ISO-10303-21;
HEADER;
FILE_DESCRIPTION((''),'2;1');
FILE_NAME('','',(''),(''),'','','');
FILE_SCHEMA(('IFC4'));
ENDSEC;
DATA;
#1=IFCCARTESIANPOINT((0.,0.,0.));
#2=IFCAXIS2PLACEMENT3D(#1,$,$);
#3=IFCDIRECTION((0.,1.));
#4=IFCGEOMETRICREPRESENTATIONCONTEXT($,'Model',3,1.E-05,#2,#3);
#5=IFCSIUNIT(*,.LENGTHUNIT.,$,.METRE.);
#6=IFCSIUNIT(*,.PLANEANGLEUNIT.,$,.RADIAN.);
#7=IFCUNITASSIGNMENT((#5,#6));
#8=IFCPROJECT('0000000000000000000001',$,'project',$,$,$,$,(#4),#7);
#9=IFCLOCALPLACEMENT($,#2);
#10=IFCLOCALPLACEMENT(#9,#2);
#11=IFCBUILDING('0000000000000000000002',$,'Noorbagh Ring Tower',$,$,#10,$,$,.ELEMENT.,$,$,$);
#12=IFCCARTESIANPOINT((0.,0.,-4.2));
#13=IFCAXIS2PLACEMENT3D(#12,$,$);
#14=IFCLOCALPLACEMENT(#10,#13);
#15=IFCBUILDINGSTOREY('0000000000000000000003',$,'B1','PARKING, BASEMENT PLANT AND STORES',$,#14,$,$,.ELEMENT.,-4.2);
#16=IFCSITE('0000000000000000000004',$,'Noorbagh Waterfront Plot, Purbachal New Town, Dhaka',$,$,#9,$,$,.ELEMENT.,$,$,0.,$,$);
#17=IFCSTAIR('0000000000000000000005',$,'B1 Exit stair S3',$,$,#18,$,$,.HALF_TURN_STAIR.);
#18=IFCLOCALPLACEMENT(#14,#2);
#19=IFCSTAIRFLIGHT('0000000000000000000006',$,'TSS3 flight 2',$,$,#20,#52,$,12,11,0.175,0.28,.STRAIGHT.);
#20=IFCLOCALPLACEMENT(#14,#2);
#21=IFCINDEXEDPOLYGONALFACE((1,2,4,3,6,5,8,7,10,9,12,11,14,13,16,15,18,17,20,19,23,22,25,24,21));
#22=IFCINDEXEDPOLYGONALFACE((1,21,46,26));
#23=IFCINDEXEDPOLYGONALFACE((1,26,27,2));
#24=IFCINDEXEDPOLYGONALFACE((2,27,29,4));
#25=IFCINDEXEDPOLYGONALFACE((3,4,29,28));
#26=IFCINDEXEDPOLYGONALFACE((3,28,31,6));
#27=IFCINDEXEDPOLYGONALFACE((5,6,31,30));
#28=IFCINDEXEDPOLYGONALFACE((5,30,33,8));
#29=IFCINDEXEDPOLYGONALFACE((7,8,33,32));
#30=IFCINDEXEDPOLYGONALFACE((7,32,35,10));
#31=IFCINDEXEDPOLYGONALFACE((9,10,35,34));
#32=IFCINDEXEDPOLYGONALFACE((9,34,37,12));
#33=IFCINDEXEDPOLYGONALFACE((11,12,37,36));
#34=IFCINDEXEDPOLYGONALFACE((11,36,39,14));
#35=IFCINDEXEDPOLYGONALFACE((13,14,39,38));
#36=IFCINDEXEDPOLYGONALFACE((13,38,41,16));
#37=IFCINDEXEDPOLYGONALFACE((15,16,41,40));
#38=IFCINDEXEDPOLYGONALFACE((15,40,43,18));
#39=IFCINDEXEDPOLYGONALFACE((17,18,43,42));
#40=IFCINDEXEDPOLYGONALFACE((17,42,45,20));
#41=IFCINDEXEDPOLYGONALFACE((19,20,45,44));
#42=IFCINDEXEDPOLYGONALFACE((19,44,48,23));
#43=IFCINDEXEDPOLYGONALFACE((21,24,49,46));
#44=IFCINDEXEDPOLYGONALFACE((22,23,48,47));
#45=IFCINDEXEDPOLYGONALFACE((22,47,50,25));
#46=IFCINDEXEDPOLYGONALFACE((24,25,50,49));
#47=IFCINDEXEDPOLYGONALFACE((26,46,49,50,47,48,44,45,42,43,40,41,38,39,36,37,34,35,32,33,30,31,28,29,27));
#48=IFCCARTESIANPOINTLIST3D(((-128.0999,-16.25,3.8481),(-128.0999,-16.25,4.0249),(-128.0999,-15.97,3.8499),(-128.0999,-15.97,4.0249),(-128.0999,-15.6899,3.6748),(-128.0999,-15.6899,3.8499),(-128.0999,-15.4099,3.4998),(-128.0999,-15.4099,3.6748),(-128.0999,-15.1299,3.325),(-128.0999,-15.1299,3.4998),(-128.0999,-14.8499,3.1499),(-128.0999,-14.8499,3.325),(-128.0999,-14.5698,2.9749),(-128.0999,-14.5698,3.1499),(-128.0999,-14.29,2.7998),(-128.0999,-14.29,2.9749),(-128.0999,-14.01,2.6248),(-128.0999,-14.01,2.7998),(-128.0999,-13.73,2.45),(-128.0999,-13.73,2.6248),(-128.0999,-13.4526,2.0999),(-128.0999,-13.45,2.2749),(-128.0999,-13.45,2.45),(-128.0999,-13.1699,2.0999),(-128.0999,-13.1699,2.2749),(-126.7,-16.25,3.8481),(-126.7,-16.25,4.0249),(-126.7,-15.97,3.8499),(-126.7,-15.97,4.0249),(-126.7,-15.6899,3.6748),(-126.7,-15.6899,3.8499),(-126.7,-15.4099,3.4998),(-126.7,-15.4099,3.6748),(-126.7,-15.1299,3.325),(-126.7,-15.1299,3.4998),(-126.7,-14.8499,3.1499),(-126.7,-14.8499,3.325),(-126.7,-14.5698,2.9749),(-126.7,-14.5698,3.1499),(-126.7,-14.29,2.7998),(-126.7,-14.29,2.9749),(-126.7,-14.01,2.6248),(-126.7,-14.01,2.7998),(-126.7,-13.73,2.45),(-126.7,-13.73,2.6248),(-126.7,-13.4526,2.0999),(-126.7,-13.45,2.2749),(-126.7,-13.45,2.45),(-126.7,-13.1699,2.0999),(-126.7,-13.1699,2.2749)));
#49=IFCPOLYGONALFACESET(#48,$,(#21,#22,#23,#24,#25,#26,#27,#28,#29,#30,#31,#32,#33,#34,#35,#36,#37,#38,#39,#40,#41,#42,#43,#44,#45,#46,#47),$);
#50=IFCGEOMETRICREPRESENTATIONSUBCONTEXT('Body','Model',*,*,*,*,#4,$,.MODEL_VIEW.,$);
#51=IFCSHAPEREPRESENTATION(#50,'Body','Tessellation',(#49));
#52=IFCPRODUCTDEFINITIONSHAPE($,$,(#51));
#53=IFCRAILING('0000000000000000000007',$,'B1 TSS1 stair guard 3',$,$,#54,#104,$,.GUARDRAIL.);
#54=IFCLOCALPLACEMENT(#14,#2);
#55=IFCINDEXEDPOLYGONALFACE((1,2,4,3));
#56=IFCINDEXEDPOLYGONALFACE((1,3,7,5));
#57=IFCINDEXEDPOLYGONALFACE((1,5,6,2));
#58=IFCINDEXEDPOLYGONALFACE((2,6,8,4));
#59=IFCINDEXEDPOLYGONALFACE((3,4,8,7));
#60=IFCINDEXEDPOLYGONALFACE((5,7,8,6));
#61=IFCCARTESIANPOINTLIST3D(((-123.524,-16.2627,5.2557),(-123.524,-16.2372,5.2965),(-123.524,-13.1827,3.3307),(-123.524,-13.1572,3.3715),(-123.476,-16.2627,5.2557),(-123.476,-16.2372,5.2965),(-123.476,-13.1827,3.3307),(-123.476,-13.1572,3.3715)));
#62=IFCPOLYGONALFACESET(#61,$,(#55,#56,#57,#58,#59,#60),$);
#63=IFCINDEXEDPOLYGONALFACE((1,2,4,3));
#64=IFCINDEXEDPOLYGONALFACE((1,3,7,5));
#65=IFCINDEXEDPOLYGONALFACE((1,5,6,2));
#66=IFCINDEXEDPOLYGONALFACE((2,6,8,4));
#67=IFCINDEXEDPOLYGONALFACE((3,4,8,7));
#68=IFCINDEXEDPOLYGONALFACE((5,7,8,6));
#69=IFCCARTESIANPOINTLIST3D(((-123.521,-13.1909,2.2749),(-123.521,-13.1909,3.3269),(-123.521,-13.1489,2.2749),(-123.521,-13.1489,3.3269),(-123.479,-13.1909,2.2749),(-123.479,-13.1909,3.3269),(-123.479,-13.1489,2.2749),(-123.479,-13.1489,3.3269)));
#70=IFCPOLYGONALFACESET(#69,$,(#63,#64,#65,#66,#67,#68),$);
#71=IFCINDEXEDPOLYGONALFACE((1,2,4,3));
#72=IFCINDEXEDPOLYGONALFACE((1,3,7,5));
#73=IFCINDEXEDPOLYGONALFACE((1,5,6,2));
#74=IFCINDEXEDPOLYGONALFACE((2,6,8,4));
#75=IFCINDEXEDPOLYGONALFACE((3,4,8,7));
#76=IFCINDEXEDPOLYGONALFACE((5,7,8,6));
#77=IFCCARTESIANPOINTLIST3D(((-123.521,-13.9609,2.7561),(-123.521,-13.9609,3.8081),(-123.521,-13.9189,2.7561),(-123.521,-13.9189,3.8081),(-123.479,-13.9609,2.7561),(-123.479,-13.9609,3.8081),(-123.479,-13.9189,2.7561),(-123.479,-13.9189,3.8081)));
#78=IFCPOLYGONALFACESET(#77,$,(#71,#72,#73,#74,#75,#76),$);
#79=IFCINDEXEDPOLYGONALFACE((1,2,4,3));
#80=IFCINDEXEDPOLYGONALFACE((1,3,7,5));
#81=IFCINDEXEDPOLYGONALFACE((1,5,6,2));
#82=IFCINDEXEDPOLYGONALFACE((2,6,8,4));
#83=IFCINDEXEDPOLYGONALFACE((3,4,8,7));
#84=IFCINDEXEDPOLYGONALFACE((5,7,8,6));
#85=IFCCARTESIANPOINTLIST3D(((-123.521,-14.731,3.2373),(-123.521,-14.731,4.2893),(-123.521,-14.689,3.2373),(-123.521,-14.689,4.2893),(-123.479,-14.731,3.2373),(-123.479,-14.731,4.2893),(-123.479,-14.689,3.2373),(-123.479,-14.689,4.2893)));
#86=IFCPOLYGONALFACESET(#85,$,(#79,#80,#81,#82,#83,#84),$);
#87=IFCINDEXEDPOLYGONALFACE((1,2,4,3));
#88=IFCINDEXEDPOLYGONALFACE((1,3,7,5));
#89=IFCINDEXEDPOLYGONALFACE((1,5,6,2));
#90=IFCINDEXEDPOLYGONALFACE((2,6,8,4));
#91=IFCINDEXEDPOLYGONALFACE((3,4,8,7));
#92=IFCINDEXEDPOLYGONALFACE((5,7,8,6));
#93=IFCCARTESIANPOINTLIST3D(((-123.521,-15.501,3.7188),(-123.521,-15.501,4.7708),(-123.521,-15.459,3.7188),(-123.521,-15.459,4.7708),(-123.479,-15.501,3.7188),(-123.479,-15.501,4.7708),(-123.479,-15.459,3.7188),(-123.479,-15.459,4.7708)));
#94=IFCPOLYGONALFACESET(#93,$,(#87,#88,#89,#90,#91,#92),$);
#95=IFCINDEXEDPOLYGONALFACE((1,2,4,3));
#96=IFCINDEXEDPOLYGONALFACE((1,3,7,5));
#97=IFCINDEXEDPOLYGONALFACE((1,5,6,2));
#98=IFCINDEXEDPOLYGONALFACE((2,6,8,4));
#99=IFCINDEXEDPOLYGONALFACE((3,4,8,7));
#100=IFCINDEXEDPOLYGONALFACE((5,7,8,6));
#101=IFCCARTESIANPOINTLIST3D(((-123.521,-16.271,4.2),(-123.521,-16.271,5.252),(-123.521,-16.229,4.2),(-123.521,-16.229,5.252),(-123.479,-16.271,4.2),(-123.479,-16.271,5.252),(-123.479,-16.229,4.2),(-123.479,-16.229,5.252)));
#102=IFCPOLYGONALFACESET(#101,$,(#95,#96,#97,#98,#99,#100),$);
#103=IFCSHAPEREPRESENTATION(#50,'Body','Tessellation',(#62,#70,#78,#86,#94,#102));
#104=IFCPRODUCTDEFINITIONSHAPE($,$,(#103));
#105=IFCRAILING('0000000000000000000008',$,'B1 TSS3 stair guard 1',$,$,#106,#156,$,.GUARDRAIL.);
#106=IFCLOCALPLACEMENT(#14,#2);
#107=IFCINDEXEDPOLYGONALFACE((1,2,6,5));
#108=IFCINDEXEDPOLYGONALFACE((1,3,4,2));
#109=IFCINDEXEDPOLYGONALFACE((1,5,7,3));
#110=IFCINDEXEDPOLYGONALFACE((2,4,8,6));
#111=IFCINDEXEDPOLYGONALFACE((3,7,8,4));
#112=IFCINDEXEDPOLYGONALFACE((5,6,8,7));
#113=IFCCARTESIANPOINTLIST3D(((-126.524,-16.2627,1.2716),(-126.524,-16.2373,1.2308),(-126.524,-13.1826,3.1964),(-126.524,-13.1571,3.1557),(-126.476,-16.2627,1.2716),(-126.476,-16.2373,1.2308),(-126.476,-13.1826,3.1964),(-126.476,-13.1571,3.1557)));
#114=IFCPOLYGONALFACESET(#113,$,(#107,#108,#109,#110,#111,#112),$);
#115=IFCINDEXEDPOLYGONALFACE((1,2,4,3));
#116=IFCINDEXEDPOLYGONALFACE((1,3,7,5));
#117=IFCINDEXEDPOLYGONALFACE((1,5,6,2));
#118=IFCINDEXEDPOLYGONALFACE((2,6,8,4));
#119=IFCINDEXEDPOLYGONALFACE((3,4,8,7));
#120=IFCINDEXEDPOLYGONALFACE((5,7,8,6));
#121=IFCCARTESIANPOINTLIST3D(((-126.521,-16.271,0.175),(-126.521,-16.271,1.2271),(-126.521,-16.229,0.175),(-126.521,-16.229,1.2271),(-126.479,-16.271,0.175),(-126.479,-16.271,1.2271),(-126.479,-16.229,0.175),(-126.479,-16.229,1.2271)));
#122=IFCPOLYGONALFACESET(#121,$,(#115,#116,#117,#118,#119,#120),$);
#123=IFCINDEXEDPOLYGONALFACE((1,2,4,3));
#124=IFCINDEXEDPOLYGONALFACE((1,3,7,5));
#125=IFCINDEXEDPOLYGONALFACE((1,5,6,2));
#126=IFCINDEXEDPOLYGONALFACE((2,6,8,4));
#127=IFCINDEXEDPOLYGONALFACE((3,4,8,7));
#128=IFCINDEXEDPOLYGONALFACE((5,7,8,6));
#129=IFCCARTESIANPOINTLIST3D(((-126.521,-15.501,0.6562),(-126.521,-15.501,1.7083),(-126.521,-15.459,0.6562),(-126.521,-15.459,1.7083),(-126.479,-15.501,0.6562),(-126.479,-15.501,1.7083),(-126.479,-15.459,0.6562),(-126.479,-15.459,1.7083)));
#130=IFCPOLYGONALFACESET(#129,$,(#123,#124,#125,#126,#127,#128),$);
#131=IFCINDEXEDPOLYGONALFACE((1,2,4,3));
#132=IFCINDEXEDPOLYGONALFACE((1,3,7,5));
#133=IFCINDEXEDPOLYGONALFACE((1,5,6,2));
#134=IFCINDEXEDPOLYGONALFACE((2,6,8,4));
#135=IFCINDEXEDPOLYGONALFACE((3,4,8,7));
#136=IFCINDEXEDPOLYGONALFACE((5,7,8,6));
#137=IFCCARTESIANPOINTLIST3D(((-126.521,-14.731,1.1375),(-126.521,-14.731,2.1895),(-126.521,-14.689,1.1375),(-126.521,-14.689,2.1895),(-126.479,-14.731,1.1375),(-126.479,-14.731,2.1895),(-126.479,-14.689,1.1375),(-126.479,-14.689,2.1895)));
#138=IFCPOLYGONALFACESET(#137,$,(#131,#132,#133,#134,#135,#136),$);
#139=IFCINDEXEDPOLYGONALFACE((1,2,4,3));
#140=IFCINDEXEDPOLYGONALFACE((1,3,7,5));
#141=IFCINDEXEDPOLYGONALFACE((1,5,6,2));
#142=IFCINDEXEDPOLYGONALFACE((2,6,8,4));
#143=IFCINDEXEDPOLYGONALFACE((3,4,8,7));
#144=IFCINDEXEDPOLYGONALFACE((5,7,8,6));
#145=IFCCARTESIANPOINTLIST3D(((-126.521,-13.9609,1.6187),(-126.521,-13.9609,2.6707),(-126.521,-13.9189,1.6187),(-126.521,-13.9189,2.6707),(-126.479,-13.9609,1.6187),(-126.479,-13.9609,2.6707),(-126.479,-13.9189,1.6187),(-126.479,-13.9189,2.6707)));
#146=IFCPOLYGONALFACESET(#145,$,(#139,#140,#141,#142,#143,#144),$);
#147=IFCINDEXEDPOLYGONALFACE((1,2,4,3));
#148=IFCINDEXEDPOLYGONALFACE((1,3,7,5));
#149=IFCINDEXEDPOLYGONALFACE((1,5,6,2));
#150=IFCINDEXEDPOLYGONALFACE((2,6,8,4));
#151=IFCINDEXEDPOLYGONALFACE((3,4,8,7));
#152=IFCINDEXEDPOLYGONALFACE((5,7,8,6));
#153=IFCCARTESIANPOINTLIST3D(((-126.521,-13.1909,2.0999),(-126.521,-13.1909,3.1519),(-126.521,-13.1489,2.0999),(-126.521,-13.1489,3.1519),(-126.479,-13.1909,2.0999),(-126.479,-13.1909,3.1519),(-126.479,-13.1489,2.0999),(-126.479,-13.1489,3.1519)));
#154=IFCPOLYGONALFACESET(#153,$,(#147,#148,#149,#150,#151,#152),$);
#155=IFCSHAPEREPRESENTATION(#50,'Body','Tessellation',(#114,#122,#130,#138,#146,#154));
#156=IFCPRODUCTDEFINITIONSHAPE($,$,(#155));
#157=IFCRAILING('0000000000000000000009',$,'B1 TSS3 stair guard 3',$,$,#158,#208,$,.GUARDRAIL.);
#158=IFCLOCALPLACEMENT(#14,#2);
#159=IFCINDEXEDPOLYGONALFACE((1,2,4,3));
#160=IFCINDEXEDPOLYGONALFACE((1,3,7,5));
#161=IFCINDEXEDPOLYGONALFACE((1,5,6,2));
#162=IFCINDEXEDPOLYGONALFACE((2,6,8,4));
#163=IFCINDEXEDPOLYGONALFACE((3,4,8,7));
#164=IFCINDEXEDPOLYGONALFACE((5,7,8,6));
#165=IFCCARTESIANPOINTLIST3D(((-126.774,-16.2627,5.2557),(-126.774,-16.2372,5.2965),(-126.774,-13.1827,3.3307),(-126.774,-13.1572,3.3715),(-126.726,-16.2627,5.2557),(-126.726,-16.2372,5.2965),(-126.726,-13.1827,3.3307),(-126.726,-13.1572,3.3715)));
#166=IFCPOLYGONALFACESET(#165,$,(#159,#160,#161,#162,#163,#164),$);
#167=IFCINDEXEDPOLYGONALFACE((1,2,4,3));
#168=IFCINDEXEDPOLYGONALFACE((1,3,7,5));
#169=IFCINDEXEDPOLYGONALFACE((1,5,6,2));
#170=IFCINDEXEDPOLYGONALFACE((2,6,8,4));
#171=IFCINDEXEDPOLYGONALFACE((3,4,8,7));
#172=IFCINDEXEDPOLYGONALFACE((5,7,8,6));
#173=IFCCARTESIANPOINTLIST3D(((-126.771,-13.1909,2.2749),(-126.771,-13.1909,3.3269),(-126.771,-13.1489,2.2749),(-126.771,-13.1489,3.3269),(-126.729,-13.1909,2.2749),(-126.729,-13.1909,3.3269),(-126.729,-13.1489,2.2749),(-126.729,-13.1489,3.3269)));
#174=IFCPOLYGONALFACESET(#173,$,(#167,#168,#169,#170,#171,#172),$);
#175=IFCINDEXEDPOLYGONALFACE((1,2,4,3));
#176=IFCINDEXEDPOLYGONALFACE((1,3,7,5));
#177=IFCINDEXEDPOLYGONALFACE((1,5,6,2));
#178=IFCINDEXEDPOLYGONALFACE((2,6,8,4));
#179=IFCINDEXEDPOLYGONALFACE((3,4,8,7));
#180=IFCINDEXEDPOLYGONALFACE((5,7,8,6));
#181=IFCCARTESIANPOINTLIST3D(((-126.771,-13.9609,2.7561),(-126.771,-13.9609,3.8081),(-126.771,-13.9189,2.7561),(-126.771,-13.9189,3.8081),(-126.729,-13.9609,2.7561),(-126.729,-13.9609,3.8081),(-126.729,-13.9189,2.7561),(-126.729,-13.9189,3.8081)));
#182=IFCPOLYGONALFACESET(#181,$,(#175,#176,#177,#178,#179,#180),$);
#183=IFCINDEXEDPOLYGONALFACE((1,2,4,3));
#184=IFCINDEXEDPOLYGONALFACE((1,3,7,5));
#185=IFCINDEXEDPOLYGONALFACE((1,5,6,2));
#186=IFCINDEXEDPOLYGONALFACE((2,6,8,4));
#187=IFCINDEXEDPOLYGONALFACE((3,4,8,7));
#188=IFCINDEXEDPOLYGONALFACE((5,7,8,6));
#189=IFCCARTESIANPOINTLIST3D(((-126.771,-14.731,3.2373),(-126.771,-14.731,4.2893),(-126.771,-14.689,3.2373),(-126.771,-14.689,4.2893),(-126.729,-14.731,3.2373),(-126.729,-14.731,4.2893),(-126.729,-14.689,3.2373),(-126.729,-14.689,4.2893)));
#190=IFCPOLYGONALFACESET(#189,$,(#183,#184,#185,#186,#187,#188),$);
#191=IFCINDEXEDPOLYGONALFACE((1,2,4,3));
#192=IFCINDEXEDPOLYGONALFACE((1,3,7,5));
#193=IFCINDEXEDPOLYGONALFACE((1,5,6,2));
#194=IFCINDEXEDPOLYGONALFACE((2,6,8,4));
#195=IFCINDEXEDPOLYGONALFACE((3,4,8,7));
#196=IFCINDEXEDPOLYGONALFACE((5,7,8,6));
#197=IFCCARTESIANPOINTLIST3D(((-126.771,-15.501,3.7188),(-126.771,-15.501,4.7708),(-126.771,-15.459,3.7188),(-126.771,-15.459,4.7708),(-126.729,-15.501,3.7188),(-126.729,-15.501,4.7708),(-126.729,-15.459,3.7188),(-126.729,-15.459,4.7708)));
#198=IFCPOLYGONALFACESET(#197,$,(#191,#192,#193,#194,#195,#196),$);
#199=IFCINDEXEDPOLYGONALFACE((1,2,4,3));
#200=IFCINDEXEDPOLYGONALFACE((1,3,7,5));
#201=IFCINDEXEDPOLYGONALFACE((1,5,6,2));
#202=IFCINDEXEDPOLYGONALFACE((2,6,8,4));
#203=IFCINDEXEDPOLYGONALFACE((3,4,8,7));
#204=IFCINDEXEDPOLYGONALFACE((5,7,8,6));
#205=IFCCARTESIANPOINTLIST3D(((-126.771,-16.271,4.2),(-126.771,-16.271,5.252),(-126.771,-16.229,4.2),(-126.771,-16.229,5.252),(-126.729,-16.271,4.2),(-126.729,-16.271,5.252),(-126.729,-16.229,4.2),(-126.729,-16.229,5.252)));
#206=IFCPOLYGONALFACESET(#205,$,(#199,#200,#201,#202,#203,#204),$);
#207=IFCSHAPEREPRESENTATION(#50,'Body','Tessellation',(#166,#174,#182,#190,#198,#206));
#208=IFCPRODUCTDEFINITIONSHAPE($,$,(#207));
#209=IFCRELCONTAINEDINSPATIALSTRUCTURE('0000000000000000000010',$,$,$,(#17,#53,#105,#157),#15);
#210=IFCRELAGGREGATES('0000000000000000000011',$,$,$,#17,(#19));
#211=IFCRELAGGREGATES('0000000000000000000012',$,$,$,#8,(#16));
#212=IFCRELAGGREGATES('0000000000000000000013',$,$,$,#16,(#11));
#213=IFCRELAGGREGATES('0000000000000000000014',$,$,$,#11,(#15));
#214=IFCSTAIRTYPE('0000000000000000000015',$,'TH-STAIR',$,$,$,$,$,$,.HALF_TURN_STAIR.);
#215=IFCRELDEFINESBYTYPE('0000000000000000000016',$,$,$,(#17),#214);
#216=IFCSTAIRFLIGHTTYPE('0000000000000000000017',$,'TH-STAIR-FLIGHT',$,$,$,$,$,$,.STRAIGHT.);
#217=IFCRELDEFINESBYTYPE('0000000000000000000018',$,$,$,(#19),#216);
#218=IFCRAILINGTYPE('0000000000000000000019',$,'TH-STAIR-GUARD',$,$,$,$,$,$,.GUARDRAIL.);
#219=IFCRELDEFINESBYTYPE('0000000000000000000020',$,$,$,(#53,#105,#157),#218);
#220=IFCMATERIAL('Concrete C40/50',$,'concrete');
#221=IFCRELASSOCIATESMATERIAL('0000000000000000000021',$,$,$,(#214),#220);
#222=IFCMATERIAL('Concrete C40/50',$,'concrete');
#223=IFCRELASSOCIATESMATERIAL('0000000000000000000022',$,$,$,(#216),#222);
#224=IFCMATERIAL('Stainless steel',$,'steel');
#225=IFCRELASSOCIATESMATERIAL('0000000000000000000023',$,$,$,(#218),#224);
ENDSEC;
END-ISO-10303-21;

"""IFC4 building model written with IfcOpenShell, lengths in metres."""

from ifc_helpers import new_model, si_unit, direction, frame, origin, origin_2d, place, context, subcontext, project, spatial, polyline, rectangle, outline, extrude, material, type_object, element, aggregate, save


model = new_model("IFC4")

# Units and contexts
model_context = context("Model", 3, precision=1e-05, world=origin(), true_north=direction((0.0, 1.0)))
body_context = subcontext(model_context, "Body", "Model", "MODEL_VIEW")
ifc_project = project(units=[si_unit("LENGTHUNIT", "METRE"), si_unit("PLANEANGLEUNIT", "RADIAN")], contexts=[model_context])

# Site, building, storey
site_placement = place(None, origin())
site = spatial("IfcSite", under=ifc_project, at=site_placement, Name="Noorbagh Waterfront Plot, Purbachal New Town, Dhaka", CompositionType="ELEMENT", RefElevation=0.0)
building_placement = place(site_placement, origin())
building = spatial("IfcBuilding", under=site, at=building_placement, Name="Noorbagh Ring Tower", CompositionType="ELEMENT")
storey_placement = place(building_placement, frame((0.0, 0.0, -4.2)))
storey = spatial("IfcBuildingStorey", under=building, at=storey_placement, Name="B1", Description="PARKING, BASEMENT PLANT AND STORES", CompositionType="ELEMENT", Elevation=-4.2)

# Shared definitions
ifc_material_1 = material(Name="Concrete C40/50", Category="concrete")
stair_type = type_object("IfcStairType", Name="TH-STAIR", PredefinedType="HALF_TURN_STAIR", material=ifc_material_1)
ifc_material_2 = material(Name="Concrete C40/50", Category="concrete")
stair_flight_type = type_object("IfcStairFlightType", Name="TH-STAIR-FLIGHT", PredefinedType="STRAIGHT", material=ifc_material_2)

# Stair, stair flight
stair_1_placement = place(storey_placement, origin())
stair_1 = element("IfcStair", 1, at=stair_1_placement, inside=storey, type_object=stair_type, Name="B1 Exit stair S3", PredefinedType="HALF_TURN_STAIR")
stair_flight_1_placement = place(storey_placement, frame((-127.3999, -13.1699, 2.0999), z_axis=(0.0, 0.0, 1.0), x_axis=(0.0, -1.0, 0.0)))
stair_flight_1 = element("IfcStairFlight", 2, at=stair_flight_1_placement, type_object=stair_flight_type, Name="TSS3 flight 2", NumberOfRisers=12, NumberOfTreads=11, PredefinedType="STRAIGHT", RiserHeight=0.175, TreadLength=0.28, context=body_context, shape_type="SweptSolid", body=[
    extrude(outline(polyline([(0.0, 0.0), (0.0, 0.175), (0.28, 0.175), (0.28, 0.3501), (0.5601, 0.3501), (0.5601, 0.5249), (0.8401, 0.5249), (0.8401, 0.7), (1.1201, 0.7), (1.1201, 0.875), (1.3999, 0.875), (1.3999, 1.05), (1.6799, 1.05), (1.6799, 1.2251), (1.96, 1.2251), (1.96, 1.3999), (2.24, 1.3999), (2.24, 1.575), (2.52, 1.575), (2.52, 1.75), (2.8, 1.75), (2.8, 1.925), (3.0801, 1.925), (3.0801, 2.1001), (3.0801, 1.7483), (0.2827, 0.0), (0.0, 0.0)])), frame((0.0, 0.7, 0.0), z_axis=(0.0, -1.0, 0.0), x_axis=(1.0, 0.0, 0.0)), (0.0, 0.0, 1.0), 1.3999),
])
aggregate(stair_1, [stair_flight_1])

# Railings
ifc_material_3 = material(Name="Stainless steel", Category="steel")
railing_type_1 = type_object("IfcRailingType", Name="TH-STAIR-GUARD", PredefinedType="GUARDRAIL", material=ifc_material_3)
railing_1_placement = place(storey_placement, frame((-123.5, -13.1699, 2.2749)))
element("IfcRailing", 3, at=railing_1_placement, inside=storey, type_object=railing_type_1, Name="B1 TSS1 stair guard 3", PredefinedType="GUARDRAIL", context=body_context, shape_type="SweptSolid", body=[
    extrude(rectangle(XDim=0.0481, YDim=0.0481, at=origin_2d()), frame((0.0, 0.0, 1.0762), z_axis=(0.0, -0.847998, 0.529999), x_axis=(1.0, 0.0, 0.0)), (0.0, 0.0, 1.0), 3.6321),
    extrude(rectangle(XDim=0.042, YDim=0.042, at=origin_2d()), origin(), (0.0, 0.0, 1.0), 1.052),
    extrude(rectangle(XDim=0.042, YDim=0.042, at=origin_2d()), frame((0.0, -0.77, 0.4812)), (0.0, 0.0, 1.0), 1.052),
    extrude(rectangle(XDim=0.042, YDim=0.042, at=origin_2d()), frame((0.0, -1.54, 0.9624)), (0.0, 0.0, 1.0), 1.052),
    extrude(rectangle(XDim=0.042, YDim=0.042, at=origin_2d()), frame((0.0, -2.3101, 1.4438)), (0.0, 0.0, 1.0), 1.052),
    extrude(rectangle(XDim=0.042, YDim=0.042, at=origin_2d()), frame((0.0, -3.0801, 1.925)), (0.0, 0.0, 1.0), 1.052),
])
railing_2_placement = place(storey_placement, frame((-126.5, -16.25, 0.175)))
element("IfcRailing", 4, at=railing_2_placement, inside=storey, type_object=railing_type_1, Name="B1 TSS3 stair guard 1", PredefinedType="GUARDRAIL", context=body_context, shape_type="SweptSolid", body=[
    extrude(rectangle(XDim=0.0481, YDim=0.0481, at=origin_2d()), frame((0.0, 0.0, 1.0762), z_axis=(0.0, 0.848029, 0.529951), x_axis=(-1.0, 0.0, 0.0)), (0.0, 0.0, 1.0), 3.6321),
    extrude(rectangle(XDim=0.042, YDim=0.042, at=origin_2d()), origin(), (0.0, 0.0, 1.0), 1.052),
    extrude(rectangle(XDim=0.042, YDim=0.042, at=origin_2d()), frame((0.0, 0.77, 0.4812)), (0.0, 0.0, 1.0), 1.052),
    extrude(rectangle(XDim=0.042, YDim=0.042, at=origin_2d()), frame((0.0, 1.54, 0.9624)), (0.0, 0.0, 1.0), 1.052),
    extrude(rectangle(XDim=0.042, YDim=0.042, at=origin_2d()), frame((0.0, 2.3101, 1.4436)), (0.0, 0.0, 1.0), 1.052),
    extrude(rectangle(XDim=0.042, YDim=0.042, at=origin_2d()), frame((0.0, 3.0801, 1.9248)), (0.0, 0.0, 1.0), 1.052),
])
railing_3_placement = place(storey_placement, frame((-126.75, -13.1699, 2.2749)))
element("IfcRailing", 5, at=railing_3_placement, inside=storey, type_object=railing_type_1, Name="B1 TSS3 stair guard 3", PredefinedType="GUARDRAIL", context=body_context, shape_type="SweptSolid", body=[
    extrude(rectangle(XDim=0.0481, YDim=0.0481, at=origin_2d()), frame((0.0, 0.0, 1.0762), z_axis=(0.0, -0.847998, 0.529999), x_axis=(1.0, 0.0, 0.0)), (0.0, 0.0, 1.0), 3.6321),
    extrude(rectangle(XDim=0.042, YDim=0.042, at=origin_2d()), origin(), (0.0, 0.0, 1.0), 1.052),
    extrude(rectangle(XDim=0.042, YDim=0.042, at=origin_2d()), frame((0.0, -0.77, 0.4812)), (0.0, 0.0, 1.0), 1.052),
    extrude(rectangle(XDim=0.042, YDim=0.042, at=origin_2d()), frame((0.0, -1.54, 0.9624)), (0.0, 0.0, 1.0), 1.052),
    extrude(rectangle(XDim=0.042, YDim=0.042, at=origin_2d()), frame((0.0, -2.3101, 1.4438)), (0.0, 0.0, 1.0), 1.052),
    extrude(rectangle(XDim=0.042, YDim=0.042, at=origin_2d()), frame((0.0, -3.0801, 1.925)), (0.0, 0.0, 1.0), 1.052),
])

save(model, "model.ifc")
